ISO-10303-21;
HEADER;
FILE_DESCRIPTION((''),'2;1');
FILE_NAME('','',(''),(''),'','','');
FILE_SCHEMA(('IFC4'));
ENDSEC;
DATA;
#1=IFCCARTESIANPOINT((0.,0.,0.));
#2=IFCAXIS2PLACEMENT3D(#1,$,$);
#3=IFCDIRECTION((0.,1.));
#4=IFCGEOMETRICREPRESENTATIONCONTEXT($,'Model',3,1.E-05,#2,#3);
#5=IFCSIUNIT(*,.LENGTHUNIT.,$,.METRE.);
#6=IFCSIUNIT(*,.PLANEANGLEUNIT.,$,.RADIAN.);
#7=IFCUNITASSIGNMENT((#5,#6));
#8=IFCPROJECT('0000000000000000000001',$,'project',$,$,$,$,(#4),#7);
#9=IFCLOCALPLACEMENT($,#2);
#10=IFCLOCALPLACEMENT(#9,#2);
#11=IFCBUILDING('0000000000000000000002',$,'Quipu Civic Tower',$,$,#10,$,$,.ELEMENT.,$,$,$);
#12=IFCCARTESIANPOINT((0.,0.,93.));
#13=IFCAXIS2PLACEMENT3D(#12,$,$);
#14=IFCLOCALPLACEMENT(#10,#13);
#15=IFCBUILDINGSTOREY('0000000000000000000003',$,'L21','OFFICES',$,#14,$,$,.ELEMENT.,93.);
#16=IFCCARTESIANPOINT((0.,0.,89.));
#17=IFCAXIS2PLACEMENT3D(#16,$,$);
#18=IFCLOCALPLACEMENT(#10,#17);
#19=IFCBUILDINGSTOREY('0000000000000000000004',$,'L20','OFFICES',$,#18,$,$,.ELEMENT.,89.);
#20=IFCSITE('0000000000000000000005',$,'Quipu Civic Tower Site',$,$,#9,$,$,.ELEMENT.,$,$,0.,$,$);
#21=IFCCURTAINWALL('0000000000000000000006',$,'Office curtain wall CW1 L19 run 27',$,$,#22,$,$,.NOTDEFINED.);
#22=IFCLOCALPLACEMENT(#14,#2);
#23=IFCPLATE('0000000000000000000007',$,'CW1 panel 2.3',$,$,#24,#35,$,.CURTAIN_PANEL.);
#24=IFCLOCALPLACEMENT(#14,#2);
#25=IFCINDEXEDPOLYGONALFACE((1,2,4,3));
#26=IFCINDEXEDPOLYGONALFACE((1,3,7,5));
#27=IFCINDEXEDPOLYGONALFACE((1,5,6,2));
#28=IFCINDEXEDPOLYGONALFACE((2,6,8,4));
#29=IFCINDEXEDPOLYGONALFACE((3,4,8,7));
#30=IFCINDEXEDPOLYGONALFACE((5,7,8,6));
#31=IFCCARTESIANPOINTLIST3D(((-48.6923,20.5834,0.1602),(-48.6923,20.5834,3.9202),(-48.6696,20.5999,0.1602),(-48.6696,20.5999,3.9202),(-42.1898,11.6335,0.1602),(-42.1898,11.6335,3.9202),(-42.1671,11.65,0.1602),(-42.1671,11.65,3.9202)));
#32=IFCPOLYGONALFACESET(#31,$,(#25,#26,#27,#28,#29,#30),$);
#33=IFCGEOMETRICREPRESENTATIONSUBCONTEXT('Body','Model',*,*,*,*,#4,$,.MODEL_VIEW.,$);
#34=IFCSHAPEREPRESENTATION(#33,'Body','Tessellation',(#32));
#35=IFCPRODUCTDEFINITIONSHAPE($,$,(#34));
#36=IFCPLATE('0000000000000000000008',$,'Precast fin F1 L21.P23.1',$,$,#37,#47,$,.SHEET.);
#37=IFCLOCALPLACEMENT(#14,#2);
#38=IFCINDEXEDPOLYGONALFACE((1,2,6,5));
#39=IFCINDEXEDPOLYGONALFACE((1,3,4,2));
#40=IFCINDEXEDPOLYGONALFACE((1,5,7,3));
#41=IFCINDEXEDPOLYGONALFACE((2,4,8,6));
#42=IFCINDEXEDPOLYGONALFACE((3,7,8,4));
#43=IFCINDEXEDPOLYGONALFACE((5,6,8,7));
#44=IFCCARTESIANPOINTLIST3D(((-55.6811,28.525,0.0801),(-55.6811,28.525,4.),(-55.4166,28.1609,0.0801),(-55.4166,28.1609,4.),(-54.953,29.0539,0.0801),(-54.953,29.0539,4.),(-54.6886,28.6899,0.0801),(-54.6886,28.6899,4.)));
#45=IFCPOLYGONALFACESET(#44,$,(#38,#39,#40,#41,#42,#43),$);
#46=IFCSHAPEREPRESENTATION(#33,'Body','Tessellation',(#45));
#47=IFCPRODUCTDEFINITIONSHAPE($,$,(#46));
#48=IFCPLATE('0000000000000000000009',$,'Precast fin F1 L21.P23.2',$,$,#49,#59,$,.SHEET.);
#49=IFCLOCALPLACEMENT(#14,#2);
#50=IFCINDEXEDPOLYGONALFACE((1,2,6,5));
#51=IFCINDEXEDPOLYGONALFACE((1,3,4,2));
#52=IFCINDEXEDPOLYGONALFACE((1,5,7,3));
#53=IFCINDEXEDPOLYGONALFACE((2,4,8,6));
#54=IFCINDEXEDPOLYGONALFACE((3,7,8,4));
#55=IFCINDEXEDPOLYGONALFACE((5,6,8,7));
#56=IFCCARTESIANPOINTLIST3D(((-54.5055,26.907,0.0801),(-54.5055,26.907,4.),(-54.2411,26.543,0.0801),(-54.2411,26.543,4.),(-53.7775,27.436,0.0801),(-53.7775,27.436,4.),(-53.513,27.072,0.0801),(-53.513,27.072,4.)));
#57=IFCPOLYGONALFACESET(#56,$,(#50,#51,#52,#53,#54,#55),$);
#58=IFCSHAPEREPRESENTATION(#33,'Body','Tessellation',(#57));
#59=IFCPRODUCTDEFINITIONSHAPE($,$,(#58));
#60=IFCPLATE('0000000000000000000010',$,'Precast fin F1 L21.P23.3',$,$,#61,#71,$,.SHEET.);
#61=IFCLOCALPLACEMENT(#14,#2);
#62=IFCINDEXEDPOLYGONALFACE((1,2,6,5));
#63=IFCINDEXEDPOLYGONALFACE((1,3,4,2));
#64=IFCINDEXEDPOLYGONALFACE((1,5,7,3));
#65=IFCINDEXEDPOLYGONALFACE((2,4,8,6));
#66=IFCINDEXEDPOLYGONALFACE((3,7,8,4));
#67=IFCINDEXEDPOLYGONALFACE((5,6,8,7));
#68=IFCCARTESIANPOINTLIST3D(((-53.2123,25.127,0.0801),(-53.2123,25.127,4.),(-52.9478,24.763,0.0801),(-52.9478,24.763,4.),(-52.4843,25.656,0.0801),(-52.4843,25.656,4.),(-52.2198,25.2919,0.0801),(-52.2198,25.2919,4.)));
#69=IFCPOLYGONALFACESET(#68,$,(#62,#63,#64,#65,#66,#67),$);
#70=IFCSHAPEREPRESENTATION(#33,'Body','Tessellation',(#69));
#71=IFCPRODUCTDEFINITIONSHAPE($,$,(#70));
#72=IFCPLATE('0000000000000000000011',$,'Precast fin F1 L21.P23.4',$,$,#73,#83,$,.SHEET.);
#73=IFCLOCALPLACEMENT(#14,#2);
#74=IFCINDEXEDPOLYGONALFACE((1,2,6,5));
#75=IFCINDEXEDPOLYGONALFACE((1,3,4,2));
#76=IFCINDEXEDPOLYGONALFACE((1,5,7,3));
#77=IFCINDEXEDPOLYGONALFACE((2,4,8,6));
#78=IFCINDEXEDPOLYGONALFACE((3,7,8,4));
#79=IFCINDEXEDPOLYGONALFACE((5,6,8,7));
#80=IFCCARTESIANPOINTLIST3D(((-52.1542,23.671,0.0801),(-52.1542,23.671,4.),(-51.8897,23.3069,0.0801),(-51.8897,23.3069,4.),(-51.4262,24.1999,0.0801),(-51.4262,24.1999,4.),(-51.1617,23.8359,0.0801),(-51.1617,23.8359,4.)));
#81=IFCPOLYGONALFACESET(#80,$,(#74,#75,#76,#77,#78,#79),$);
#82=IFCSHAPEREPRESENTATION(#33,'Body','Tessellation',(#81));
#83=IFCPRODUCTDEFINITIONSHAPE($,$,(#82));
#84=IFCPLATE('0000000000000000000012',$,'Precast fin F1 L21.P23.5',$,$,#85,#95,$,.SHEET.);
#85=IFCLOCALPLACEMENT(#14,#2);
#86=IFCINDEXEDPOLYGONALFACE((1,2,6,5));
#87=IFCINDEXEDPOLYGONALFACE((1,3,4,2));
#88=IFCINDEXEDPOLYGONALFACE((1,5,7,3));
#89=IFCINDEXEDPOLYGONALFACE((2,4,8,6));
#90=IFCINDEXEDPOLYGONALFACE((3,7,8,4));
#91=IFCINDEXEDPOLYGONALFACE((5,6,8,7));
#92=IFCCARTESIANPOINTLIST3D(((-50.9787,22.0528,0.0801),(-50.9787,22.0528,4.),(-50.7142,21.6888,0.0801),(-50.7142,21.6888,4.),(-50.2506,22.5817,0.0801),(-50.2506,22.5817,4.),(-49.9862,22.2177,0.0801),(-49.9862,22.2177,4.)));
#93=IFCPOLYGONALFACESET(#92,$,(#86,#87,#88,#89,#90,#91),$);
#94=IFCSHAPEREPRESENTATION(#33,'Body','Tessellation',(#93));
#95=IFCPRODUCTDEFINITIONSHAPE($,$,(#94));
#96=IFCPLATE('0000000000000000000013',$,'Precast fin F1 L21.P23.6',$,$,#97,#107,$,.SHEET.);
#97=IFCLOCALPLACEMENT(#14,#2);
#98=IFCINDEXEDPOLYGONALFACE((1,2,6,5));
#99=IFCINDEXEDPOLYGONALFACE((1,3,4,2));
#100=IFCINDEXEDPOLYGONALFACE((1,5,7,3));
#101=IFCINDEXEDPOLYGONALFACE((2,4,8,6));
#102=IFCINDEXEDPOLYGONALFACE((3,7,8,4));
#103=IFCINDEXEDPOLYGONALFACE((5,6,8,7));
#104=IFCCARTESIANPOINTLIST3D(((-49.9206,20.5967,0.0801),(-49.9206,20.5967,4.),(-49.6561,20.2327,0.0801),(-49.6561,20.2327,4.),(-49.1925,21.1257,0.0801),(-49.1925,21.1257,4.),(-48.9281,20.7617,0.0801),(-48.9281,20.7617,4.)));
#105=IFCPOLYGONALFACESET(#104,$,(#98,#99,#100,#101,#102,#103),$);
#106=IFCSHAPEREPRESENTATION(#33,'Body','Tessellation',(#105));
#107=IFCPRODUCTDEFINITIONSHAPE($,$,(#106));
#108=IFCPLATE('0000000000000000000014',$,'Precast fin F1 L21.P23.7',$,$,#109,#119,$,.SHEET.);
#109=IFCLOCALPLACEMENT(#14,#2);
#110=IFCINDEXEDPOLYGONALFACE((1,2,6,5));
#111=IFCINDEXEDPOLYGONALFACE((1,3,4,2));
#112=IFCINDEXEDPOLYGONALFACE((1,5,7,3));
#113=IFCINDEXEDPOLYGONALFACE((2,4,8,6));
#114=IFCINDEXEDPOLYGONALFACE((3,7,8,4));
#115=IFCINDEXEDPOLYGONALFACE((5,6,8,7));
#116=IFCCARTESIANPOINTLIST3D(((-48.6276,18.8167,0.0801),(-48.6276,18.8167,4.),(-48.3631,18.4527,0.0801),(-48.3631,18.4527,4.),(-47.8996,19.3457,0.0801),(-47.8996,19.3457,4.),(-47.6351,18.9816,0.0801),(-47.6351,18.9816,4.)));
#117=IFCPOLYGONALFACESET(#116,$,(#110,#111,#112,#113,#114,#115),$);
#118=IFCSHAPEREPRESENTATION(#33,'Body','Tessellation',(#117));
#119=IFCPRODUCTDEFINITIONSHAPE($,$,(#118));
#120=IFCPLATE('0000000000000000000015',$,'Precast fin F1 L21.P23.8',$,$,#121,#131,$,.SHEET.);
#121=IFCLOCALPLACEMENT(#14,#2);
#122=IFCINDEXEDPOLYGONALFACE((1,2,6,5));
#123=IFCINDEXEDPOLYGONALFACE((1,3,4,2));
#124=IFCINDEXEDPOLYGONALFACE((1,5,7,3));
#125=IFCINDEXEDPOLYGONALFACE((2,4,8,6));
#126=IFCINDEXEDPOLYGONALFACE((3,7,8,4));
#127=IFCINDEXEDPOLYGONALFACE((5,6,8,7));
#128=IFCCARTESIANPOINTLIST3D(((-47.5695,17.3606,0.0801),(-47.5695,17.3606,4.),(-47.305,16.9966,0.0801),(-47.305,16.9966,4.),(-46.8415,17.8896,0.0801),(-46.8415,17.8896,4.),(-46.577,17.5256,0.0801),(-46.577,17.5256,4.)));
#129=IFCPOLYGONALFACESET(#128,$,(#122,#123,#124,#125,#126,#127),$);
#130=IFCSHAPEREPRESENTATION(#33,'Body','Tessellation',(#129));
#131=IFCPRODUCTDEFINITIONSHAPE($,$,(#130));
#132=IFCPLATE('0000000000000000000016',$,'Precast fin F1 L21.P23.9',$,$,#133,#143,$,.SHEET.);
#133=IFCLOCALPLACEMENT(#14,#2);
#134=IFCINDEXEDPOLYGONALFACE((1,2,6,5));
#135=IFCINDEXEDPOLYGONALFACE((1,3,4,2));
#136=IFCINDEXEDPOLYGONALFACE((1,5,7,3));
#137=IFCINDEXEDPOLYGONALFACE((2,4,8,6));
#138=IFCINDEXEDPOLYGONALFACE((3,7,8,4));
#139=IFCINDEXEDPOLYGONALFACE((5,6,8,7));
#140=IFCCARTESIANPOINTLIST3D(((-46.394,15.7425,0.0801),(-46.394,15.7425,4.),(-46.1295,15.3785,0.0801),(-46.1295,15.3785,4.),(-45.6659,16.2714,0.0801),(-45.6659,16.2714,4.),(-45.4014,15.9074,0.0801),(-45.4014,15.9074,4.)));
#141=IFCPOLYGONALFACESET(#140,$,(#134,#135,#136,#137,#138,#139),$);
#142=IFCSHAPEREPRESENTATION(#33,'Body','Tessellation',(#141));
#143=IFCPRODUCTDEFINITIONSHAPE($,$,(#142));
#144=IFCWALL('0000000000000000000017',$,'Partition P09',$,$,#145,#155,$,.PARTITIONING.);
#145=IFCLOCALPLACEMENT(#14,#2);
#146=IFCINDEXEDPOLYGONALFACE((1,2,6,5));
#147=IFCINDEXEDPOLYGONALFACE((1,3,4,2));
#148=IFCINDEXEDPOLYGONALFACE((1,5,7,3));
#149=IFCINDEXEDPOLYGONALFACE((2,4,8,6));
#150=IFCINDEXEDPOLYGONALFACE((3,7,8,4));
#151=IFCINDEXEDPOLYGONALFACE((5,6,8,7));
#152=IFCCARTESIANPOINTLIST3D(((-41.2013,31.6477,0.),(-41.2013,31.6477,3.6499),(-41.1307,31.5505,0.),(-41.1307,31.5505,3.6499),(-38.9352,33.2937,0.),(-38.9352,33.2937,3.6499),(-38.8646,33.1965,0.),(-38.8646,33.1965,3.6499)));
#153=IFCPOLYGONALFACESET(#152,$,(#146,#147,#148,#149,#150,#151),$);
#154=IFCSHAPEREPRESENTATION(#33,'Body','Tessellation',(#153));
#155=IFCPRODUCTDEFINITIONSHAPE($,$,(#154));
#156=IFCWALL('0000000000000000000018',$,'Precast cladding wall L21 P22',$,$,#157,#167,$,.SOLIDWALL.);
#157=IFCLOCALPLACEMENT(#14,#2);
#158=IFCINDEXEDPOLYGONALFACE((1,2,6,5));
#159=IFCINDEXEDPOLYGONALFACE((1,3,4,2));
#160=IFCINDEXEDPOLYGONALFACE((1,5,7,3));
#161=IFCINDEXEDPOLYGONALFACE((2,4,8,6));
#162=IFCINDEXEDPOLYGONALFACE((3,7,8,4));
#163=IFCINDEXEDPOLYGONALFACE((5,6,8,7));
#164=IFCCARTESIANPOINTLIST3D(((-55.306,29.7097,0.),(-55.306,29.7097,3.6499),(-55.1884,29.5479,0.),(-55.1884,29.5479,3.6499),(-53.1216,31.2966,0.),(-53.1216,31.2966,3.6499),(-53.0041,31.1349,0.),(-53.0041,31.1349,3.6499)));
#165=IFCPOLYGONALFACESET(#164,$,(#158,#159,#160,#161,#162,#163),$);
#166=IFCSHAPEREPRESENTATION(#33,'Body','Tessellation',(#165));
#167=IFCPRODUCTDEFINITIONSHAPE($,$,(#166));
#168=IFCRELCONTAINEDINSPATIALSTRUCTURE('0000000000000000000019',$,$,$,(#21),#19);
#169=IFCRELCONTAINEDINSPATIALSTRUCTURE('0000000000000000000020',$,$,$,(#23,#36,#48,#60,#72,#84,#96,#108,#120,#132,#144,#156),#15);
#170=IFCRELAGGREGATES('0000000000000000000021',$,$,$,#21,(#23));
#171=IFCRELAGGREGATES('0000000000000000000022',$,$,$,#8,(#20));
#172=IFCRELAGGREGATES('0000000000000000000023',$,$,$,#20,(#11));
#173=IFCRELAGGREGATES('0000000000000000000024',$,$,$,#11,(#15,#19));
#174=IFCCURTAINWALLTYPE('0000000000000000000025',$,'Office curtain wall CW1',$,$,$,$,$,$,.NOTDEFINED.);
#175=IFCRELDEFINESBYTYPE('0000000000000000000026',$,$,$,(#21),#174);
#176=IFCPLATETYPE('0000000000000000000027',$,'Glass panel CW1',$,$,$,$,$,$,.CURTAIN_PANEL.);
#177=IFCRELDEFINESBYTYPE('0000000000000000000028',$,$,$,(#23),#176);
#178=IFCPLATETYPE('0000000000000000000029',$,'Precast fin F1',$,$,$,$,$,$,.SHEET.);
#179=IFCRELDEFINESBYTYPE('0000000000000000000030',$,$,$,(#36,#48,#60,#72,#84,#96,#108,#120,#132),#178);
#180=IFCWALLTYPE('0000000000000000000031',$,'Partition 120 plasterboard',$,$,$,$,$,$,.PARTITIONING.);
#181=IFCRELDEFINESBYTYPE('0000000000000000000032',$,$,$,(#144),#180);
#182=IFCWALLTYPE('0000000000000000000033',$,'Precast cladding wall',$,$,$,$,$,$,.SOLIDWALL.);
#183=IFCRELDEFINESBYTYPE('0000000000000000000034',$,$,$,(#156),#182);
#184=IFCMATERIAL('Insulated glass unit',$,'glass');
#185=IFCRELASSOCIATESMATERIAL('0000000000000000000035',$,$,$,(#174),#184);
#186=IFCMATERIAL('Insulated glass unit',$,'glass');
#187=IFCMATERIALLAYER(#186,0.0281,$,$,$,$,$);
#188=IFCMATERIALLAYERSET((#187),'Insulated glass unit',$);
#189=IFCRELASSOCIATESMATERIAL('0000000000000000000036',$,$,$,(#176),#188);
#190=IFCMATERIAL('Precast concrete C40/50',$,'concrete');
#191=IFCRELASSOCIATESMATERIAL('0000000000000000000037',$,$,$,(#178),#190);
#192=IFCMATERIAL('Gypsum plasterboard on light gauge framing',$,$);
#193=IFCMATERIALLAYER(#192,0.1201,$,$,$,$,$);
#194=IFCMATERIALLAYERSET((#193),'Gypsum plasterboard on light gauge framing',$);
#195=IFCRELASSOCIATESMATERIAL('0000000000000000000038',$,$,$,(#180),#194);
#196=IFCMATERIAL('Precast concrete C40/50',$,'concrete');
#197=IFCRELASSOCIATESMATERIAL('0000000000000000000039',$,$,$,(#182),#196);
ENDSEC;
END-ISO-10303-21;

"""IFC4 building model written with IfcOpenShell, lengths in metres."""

from ifc_helpers import new_model, si_unit, direction, frame, frame_2d, origin, origin_2d, place, context, subcontext, project, spatial, rectangle, extrude, material, layer, layer_set, type_object, element, aggregate, save


model = new_model("IFC4")

# Units and contexts
model_context = context("Model", 3, precision=1e-05, world=origin(), true_north=direction((0.0, 1.0)))
body_context = subcontext(model_context, "Body", "Model", "MODEL_VIEW")
ifc_project = project(units=[si_unit("LENGTHUNIT", "METRE"), si_unit("PLANEANGLEUNIT", "RADIAN")], contexts=[model_context])

# Site, building, storey
site_placement = place(None, origin())
site = spatial("IfcSite", under=ifc_project, at=site_placement, Name="Quipu Civic Tower Site", CompositionType="ELEMENT", RefElevation=0.0)
building_placement = place(site_placement, origin())
building = spatial("IfcBuilding", under=site, at=building_placement, Name="Quipu Civic Tower", CompositionType="ELEMENT")
storey_1_placement = place(building_placement, frame((0.0, 0.0, 93.0)))
storey_1 = spatial("IfcBuildingStorey", under=building, at=storey_1_placement, Name="L21", Description="OFFICES", CompositionType="ELEMENT", Elevation=93.0)

# Shared definitions
storey_2_placement = place(building_placement, frame((0.0, 0.0, 89.0)))
storey_2 = spatial("IfcBuildingStorey", under=building, at=storey_2_placement, Name="L20", Description="OFFICES", CompositionType="ELEMENT", Elevation=89.0)

# Curtain wall, plate
ifc_material_1 = material(Name="Insulated glass unit", Category="glass")
curtain_wall_type = type_object("IfcCurtainWallType", Name="Office curtain wall CW1", PredefinedType="NOTDEFINED", material=ifc_material_1)
curtain_wall_placement = place(storey_2_placement, origin())
curtain_wall = element("IfcCurtainWall", 1, at=curtain_wall_placement, inside=storey_2, type_object=curtain_wall_type, Name="Office curtain wall CW1 L19 run 27", PredefinedType="NOTDEFINED")
ifc_material_2 = material(Name="Insulated glass unit", Category="glass")
ifc_layer_1 = layer(ifc_material_2, 0.0281)
ifc_layer_set_1 = layer_set([ifc_layer_1], Name="Insulated glass unit")
plate_type_1 = type_object("IfcPlateType", Name="Glass panel CW1", PredefinedType="CURTAIN_PANEL", material=ifc_layer_set_1)
plate_1_placement = place(storey_1_placement, frame((-45.4297, 16.1167, 0.1602), z_axis=(0.0, 0.0, 1.0), x_axis=(0.587786, -0.809017, 0.0)))
plate_1 = element("IfcPlate", 2, at=plate_1_placement, inside=storey_1, type_object=plate_type_1, Name="CW1 panel 2.3", PredefinedType="CURTAIN_PANEL", context=body_context, shape_type="SweptSolid", body=[
    extrude(rectangle(XDim=11.0627, YDim=0.0281, at=origin_2d()), origin(), (0.0, 0.0, 1.0), 3.76),
])
aggregate(curtain_wall, [plate_1])

# Plates
ifc_material_3 = material(Name="Precast concrete C40/50", Category="concrete")
plate_type_2 = type_object("IfcPlateType", Name="Precast fin F1", PredefinedType="SHEET", material=ifc_material_3)
for number, where, z_axis, x_axis, name in (
    (3, (-55.1848, 28.6074, 0.0801), (0.0, 0.0, 1.0), (0.587786, -0.809017, 0.0), "Precast fin F1 L21.P23.1"),
    (4, (-54.0093, 26.9895, 0.0801), (0.0, 0.0, 1.0), (0.587786, -0.809017, 0.0), "Precast fin F1 L21.P23.2"),
    (5, (-52.7161, 25.2095, 0.0801), (0.0, 0.0, 1.0), (0.587786, -0.809017, 0.0), "Precast fin F1 L21.P23.3"),
    (6, (-51.658, 23.7534, 0.0801), (0.0, 0.0, 1.0), (0.587786, -0.809017, 0.0), "Precast fin F1 L21.P23.4"),
    (7, (-50.4824, 22.1353, 0.0801), (0.0, 0.0, 1.0), (0.587786, -0.809017, 0.0), "Precast fin F1 L21.P23.5"),
    (8, (-49.4243, 20.6792, 0.0801), (0.0, 0.0, 1.0), (0.587786, -0.809017, 0.0), "Precast fin F1 L21.P23.6"),
    (9, (-48.1313, 18.8992, 0.0801), (0.0, 0.0, 1.0), (0.587786, -0.809017, 0.0), "Precast fin F1 L21.P23.7"),
    (10, (-47.0732, 17.4431, 0.0801), (0.0, 0.0, 1.0), (0.587786, -0.809017, 0.0), "Precast fin F1 L21.P23.8"),
    (11, (-45.8977, 15.825, 0.0801), (0.0, 0.0, 1.0), (0.587786, -0.809017, 0.0), "Precast fin F1 L21.P23.9"),
):
    element("IfcPlate", number, at=place(storey_1_placement, frame(where, z_axis=z_axis, x_axis=x_axis)), inside=storey_1, type_object=plate_type_2, Name=name, PredefinedType="SHEET", context=body_context, shape_type="SweptSolid", body=[
        extrude(rectangle(XDim=0.45, YDim=0.8999, at=origin_2d()), origin(), (0.0, 0.0, 1.0), 3.9199),
    ])

# Walls
ifc_material_4 = material(Name="Gypsum plasterboard on light gauge framing")
ifc_layer_2 = layer(ifc_material_4, 0.1201)
ifc_layer_set_2 = layer_set([ifc_layer_2], Name="Gypsum plasterboard on light gauge framing")
wall_type_1 = type_object("IfcWallType", Name="Partition 120 plasterboard", PredefinedType="PARTITIONING", material=ifc_layer_set_2)
wall_1_placement = place(storey_1_placement, frame((-41.166, 31.5991, 0.0), z_axis=(0.0, 0.0, 1.0), x_axis=(0.80909, 0.587684, 0.0)))
element("IfcWall", 12, at=wall_1_placement, inside=storey_1, type_object=wall_type_1, Name="Partition P09", PredefinedType="PARTITIONING", context=body_context, shape_type="SweptSolid", body=[
    extrude(rectangle(XDim=2.8008, YDim=0.1201, at=frame_2d((1.4004, 0.0))), origin(), (0.0, 0.0, 1.0), 3.6499),
])
ifc_material_5 = material(Name="Precast concrete C40/50", Category="concrete")
wall_type_2 = type_object("IfcWallType", Name="Precast cladding wall", PredefinedType="SOLIDWALL", material=ifc_material_5)
wall_2_placement = place(storey_1_placement, frame((-53.0627, 31.2158, 0.0), z_axis=(0.0, 0.0, 1.0), x_axis=(-0.809033, -0.587763, 0.0)))
element("IfcWall", 13, at=wall_2_placement, inside=storey_1, type_object=wall_type_2, Name="Precast cladding wall L21 P22", PredefinedType="SOLIDWALL", context=body_context, shape_type="SweptSolid", body=[
    extrude(rectangle(XDim=2.7, YDim=0.2, at=frame_2d((1.3501, 0.0))), origin(), (0.0, 0.0, 1.0), 3.6499),
])

save(model, "model.ifc")
